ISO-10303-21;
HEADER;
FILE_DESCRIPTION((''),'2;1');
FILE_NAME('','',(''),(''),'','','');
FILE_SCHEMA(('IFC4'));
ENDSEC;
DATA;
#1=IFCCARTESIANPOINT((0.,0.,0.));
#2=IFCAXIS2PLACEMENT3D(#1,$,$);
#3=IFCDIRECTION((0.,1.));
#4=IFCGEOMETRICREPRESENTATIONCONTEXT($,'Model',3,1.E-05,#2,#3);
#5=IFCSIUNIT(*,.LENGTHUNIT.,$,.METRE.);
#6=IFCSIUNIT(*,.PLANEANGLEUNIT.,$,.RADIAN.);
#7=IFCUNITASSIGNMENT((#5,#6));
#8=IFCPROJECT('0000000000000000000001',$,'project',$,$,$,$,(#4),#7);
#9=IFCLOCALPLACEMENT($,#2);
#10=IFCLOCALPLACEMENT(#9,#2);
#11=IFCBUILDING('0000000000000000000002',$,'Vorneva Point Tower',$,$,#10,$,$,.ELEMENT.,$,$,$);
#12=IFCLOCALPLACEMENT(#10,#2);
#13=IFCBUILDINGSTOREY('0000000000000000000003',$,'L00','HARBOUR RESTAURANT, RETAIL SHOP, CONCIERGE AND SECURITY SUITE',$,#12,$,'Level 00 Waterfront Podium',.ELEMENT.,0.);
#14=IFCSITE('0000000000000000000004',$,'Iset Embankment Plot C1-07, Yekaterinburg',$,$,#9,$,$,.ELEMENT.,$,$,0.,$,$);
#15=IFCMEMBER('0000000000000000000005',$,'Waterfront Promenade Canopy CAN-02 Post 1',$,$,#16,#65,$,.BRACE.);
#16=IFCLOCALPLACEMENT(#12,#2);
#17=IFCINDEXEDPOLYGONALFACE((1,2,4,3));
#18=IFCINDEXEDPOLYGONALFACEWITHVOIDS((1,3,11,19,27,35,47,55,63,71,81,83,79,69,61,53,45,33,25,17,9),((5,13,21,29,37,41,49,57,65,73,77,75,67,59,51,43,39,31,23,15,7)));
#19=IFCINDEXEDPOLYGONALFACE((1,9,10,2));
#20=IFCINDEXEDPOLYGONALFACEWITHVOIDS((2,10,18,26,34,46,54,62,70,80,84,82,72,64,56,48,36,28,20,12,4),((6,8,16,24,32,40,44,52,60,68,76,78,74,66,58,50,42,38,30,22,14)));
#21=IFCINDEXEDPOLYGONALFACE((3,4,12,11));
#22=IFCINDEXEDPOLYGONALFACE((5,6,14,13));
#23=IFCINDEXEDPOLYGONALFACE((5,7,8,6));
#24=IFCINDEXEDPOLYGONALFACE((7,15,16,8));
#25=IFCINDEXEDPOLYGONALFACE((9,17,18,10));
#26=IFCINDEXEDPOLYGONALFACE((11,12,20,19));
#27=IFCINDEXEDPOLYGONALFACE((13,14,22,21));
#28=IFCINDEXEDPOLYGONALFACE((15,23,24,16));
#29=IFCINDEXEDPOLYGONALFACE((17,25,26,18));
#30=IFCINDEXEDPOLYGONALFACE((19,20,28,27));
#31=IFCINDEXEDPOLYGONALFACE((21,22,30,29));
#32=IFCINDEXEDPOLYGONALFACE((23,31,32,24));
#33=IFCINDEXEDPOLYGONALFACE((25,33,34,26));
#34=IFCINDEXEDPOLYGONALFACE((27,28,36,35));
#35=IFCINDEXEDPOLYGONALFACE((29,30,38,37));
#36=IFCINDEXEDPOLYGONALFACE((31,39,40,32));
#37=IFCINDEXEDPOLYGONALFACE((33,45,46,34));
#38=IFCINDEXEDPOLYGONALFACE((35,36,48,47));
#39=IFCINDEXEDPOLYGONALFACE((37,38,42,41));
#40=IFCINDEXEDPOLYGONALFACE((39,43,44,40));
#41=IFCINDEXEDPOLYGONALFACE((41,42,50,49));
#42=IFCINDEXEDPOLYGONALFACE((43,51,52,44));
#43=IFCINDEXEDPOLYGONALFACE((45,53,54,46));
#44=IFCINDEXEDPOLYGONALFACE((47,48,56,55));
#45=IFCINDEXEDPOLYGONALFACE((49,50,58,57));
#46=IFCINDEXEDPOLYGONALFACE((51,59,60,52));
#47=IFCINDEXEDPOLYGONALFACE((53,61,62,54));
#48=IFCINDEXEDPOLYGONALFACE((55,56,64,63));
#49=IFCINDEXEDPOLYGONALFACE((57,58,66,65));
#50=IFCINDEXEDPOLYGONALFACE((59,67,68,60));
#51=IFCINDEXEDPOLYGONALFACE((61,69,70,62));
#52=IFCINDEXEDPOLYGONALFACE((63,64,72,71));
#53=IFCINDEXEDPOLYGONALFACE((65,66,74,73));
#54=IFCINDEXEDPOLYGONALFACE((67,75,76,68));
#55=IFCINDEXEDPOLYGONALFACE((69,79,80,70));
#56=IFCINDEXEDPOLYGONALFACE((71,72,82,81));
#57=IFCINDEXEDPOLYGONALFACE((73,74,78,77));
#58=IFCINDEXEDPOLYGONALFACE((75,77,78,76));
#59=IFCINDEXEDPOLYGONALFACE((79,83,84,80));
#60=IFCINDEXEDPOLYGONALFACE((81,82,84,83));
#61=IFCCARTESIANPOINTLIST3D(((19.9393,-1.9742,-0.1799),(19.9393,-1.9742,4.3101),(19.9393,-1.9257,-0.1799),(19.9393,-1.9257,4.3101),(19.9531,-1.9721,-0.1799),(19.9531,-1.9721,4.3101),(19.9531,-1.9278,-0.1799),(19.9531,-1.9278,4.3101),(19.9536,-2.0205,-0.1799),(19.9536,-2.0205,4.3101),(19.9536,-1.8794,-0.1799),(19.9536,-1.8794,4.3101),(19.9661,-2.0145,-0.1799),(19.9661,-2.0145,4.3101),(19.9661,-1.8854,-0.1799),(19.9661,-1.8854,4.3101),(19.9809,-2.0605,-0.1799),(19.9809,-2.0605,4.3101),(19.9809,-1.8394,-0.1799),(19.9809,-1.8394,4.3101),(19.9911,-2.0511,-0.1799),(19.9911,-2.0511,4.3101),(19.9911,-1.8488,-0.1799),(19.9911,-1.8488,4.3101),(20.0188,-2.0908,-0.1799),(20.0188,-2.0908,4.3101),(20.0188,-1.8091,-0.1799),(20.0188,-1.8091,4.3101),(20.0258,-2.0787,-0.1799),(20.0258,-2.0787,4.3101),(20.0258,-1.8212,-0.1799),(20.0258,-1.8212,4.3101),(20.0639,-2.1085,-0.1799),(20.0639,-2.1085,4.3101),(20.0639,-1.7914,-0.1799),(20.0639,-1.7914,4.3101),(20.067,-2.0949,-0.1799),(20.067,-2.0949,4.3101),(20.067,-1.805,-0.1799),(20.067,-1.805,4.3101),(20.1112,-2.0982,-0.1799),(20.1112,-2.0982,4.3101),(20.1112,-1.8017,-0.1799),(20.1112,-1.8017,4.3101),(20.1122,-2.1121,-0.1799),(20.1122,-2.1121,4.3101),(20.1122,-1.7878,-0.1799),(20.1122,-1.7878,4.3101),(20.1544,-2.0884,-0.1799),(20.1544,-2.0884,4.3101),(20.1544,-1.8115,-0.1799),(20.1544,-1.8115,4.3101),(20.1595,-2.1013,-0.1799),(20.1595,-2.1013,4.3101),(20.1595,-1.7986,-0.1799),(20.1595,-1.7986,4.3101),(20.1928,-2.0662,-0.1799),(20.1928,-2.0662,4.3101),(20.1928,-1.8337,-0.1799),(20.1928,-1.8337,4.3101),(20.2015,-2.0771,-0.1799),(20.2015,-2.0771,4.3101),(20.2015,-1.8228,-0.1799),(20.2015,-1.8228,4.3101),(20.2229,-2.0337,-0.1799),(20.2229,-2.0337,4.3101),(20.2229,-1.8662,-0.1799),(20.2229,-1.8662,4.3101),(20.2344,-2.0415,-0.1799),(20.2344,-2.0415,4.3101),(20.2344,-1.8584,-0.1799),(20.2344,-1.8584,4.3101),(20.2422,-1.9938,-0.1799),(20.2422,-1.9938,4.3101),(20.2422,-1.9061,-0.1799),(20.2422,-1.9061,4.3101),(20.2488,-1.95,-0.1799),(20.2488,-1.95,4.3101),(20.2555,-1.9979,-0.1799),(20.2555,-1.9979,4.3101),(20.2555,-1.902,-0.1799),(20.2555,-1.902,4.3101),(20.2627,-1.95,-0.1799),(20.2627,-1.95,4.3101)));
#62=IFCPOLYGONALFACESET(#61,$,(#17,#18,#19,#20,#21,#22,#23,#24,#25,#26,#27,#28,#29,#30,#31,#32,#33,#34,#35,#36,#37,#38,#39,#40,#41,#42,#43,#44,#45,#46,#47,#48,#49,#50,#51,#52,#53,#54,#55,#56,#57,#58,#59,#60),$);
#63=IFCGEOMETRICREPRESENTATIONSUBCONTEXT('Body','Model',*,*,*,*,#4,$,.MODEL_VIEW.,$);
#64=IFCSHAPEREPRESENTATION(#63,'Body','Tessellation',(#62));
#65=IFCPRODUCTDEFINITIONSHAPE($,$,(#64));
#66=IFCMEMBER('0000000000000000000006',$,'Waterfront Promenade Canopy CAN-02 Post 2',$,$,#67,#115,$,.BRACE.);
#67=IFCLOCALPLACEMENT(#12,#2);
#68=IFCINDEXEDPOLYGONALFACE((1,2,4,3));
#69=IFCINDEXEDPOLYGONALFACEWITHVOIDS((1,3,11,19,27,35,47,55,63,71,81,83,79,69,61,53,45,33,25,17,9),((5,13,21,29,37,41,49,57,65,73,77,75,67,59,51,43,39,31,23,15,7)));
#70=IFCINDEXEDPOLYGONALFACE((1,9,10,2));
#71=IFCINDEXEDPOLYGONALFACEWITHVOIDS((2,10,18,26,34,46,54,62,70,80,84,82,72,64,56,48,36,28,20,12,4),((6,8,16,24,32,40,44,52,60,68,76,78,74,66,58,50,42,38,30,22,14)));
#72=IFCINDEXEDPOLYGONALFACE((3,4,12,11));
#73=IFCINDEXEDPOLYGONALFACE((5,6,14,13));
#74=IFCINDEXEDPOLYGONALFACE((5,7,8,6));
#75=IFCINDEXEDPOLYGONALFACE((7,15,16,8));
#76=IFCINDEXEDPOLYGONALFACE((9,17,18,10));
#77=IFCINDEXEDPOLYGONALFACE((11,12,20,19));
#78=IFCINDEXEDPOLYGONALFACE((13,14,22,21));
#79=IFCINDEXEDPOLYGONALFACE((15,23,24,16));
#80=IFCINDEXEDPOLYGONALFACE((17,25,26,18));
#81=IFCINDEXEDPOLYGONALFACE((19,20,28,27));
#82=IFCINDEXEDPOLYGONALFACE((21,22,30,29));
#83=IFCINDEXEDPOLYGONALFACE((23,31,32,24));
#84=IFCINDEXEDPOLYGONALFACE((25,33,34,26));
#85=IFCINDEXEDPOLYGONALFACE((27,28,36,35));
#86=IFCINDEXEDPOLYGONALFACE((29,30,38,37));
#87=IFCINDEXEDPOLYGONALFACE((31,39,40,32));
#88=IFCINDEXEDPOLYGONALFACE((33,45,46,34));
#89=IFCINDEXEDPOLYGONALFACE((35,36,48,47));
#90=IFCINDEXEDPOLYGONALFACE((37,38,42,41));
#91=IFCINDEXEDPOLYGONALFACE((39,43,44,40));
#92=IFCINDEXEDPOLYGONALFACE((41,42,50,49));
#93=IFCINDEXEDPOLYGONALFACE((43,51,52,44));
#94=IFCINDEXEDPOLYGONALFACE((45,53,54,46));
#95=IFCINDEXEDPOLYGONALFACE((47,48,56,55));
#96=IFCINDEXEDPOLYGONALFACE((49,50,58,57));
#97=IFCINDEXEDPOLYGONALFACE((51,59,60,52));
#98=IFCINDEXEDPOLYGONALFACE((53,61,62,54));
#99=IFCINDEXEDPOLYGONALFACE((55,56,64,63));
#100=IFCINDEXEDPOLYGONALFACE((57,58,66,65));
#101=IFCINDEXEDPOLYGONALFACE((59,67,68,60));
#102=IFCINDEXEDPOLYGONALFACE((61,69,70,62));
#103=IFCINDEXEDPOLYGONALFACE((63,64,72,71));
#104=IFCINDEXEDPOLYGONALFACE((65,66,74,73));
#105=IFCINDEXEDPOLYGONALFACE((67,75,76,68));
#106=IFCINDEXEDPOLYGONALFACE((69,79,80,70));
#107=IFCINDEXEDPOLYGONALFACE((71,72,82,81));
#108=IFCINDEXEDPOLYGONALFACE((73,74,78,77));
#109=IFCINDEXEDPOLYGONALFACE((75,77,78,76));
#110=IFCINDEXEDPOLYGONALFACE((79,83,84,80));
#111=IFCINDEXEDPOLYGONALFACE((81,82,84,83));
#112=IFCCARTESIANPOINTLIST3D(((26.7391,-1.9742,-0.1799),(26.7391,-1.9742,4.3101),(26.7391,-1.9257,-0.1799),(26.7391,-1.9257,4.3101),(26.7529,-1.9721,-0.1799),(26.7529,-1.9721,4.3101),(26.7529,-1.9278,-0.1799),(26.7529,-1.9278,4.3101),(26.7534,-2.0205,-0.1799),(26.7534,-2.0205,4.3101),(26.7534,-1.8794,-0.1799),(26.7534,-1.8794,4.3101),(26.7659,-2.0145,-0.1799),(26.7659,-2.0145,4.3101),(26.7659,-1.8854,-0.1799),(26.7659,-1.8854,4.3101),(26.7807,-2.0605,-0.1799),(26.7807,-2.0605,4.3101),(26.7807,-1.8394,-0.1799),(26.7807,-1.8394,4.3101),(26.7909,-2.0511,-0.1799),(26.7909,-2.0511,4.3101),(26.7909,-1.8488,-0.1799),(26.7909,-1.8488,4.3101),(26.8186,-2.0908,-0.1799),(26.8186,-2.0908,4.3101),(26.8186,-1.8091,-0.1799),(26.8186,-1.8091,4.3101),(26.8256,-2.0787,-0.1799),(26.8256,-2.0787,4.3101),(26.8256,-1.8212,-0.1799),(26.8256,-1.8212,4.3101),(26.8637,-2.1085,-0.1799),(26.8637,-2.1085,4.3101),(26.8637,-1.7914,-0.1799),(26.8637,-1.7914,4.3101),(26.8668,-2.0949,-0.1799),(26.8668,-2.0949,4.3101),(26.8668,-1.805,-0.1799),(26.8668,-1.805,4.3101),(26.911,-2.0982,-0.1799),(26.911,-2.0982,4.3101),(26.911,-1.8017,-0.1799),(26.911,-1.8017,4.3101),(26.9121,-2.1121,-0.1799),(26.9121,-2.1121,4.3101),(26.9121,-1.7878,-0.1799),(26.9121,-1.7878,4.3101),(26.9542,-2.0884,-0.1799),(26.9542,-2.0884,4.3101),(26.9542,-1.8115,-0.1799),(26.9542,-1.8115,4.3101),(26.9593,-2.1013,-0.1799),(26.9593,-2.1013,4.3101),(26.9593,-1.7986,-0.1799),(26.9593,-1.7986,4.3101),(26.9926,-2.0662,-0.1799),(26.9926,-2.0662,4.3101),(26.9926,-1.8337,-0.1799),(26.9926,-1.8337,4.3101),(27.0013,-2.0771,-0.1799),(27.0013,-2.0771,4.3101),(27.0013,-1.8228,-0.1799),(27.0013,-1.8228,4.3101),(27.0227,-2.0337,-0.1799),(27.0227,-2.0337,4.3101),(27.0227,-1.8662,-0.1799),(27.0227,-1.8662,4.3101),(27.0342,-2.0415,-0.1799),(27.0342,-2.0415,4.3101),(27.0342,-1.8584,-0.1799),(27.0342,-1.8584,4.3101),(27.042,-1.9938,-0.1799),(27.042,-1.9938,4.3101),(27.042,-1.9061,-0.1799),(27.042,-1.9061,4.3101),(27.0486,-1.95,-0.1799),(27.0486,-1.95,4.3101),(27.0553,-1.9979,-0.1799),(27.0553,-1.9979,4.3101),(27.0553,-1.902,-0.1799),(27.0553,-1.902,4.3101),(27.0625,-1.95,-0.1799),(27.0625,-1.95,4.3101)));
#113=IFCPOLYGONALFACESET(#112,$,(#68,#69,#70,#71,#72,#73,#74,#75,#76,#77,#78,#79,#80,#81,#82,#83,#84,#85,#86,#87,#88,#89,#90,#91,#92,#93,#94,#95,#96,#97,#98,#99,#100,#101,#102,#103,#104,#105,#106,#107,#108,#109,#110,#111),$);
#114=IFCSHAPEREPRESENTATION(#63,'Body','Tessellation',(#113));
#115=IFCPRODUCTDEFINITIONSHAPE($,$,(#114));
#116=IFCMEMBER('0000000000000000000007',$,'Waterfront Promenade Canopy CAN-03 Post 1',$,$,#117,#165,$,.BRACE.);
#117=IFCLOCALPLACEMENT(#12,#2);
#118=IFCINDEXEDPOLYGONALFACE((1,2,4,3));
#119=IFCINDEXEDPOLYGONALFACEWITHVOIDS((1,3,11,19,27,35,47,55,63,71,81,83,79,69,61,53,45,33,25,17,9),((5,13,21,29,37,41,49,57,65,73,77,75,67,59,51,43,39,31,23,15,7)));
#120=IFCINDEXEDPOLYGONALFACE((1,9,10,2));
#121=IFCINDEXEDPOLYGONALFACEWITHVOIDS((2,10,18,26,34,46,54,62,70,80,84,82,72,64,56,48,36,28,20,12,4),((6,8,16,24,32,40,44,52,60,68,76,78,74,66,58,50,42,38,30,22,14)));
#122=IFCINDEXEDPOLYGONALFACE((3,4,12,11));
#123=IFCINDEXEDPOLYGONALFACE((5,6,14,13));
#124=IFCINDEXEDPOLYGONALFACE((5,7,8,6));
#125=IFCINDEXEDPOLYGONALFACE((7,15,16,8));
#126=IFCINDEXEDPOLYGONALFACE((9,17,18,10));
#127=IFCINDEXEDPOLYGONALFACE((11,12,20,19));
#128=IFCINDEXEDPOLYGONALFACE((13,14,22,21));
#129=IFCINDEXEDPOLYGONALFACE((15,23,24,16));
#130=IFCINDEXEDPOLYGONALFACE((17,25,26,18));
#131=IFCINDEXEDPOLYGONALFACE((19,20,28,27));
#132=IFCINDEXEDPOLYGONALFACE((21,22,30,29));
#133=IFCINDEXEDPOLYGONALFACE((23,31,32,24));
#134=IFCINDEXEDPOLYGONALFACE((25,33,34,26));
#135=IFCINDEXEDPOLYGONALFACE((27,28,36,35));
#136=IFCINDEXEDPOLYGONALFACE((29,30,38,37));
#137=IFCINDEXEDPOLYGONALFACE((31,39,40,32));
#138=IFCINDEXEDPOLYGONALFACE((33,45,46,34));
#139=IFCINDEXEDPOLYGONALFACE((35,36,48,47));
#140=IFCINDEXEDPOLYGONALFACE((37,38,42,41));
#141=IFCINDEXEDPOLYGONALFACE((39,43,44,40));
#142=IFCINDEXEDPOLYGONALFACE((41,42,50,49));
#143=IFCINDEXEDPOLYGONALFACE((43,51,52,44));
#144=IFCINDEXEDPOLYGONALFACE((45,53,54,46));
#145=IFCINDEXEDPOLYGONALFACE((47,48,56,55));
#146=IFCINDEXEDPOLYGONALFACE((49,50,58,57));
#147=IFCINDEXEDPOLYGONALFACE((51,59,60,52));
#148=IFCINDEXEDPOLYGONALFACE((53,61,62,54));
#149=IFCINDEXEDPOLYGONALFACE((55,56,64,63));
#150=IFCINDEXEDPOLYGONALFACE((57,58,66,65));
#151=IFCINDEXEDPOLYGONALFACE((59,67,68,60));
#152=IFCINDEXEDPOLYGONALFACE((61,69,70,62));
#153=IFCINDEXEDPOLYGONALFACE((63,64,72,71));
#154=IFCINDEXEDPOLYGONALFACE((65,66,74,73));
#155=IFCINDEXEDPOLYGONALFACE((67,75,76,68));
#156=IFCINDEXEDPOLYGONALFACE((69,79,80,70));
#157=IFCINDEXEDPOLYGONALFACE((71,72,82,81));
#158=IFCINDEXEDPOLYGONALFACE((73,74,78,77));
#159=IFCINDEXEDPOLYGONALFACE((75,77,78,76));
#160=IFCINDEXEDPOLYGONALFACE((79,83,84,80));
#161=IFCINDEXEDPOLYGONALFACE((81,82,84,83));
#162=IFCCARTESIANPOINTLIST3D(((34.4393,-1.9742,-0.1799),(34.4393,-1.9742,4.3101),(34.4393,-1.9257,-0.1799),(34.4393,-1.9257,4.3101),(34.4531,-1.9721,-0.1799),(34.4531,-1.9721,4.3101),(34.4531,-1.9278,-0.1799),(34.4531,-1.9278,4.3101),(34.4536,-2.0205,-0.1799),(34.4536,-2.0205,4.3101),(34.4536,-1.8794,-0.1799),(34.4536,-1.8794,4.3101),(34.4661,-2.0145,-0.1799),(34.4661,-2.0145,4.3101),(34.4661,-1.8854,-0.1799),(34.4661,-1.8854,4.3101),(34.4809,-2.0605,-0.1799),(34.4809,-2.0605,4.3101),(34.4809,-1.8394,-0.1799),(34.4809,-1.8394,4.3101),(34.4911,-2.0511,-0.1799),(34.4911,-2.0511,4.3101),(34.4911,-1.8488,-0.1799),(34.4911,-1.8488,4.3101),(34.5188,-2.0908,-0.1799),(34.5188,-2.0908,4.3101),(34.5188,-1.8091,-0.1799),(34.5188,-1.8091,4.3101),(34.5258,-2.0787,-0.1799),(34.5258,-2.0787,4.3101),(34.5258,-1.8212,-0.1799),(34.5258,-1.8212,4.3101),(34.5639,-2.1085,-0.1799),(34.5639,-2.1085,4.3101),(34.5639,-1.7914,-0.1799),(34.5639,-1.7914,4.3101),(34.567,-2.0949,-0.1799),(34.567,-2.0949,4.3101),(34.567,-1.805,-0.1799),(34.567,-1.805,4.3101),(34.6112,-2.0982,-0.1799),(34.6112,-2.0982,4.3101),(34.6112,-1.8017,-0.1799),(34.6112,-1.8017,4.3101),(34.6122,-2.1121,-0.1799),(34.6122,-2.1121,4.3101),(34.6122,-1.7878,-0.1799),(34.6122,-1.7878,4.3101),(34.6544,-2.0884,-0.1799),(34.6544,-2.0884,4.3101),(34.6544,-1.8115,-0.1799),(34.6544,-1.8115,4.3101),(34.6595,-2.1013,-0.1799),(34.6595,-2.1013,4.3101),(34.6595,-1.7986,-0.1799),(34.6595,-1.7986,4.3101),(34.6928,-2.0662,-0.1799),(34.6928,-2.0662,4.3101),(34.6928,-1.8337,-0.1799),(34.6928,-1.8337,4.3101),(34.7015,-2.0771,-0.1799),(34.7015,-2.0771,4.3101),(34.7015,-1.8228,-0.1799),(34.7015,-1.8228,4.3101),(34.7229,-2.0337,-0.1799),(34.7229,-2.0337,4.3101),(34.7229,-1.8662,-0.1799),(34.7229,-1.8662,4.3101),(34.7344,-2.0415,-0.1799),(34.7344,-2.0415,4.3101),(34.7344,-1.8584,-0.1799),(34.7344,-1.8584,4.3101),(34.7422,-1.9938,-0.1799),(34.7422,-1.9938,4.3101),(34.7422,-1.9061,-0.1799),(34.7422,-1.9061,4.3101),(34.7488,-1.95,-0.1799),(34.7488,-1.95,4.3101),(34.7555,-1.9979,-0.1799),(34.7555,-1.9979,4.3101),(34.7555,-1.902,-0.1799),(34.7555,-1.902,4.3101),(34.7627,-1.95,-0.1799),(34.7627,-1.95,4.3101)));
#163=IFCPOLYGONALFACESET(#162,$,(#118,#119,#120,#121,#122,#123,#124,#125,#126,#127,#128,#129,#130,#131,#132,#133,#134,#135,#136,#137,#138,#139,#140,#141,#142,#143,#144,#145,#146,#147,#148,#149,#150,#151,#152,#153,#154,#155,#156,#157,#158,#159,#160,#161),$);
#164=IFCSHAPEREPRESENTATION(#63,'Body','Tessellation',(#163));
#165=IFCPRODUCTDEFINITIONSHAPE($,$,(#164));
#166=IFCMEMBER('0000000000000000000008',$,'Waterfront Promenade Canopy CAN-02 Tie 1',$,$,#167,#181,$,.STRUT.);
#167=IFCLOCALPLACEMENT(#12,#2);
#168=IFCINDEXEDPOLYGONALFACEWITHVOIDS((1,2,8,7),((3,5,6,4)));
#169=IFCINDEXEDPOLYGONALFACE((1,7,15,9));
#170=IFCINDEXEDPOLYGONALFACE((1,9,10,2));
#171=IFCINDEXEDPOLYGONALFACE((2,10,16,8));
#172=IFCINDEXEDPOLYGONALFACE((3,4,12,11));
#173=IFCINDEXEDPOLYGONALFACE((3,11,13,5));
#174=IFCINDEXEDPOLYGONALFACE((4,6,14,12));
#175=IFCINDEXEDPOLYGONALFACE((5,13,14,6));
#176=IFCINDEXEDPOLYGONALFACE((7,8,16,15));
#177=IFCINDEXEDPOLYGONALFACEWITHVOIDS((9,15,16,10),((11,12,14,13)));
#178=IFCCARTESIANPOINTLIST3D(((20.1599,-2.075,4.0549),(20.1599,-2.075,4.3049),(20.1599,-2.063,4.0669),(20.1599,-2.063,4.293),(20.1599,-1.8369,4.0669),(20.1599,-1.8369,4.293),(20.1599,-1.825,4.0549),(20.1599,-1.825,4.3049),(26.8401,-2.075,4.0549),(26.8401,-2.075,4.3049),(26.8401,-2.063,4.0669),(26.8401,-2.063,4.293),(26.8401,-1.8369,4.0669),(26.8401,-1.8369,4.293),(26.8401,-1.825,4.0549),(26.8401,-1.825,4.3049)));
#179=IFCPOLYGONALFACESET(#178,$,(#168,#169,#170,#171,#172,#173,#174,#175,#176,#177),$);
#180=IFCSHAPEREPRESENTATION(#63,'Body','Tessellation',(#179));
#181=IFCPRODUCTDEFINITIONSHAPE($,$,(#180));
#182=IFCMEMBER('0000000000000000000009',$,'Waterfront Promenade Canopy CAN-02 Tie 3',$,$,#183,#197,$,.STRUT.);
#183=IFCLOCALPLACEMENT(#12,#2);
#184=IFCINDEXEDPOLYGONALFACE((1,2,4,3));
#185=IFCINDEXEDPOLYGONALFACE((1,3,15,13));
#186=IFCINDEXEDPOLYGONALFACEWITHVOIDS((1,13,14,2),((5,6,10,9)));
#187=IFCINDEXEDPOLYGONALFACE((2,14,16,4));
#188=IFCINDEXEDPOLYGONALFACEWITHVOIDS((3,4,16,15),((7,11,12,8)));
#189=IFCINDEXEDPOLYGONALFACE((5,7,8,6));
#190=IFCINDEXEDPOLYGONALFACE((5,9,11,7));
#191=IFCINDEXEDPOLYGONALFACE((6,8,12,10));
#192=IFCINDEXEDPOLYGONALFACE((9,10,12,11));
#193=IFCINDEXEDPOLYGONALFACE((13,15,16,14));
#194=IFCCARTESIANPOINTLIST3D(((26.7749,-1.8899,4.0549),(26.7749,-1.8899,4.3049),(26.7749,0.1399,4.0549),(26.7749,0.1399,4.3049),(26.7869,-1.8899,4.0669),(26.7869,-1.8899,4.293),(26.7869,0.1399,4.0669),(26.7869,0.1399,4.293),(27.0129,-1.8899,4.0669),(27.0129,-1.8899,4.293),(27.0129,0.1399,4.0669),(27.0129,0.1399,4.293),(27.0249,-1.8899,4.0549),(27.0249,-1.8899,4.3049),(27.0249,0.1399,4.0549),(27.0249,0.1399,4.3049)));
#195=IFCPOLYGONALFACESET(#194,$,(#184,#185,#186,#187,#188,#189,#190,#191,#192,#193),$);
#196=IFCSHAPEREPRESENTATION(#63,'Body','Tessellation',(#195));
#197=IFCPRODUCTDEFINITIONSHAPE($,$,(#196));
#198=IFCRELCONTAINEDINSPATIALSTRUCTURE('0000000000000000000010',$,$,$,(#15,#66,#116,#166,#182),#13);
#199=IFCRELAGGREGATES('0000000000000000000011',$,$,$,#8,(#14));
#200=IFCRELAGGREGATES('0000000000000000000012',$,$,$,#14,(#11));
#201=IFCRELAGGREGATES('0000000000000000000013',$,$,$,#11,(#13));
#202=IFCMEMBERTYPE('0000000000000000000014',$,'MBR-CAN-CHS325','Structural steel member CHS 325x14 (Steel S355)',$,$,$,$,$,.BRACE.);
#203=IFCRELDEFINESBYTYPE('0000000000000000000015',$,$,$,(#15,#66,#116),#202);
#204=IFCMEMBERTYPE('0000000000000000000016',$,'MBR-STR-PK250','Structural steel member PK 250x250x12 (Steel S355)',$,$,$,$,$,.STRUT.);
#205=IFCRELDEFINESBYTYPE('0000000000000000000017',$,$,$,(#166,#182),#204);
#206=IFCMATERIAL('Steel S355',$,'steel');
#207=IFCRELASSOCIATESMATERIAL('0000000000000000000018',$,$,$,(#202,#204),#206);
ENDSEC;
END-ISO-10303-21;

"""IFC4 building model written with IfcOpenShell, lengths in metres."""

from ifc_helpers import new_model, si_unit, direction, frame, origin, origin_2d, place, context, subcontext, project, spatial, hollow_rectangle, hollow_circle, extrude, material, material_profile, profile_set, type_object, element, save


model = new_model("IFC4")

# Units and contexts
model_context = context("Model", 3, precision=1e-05, world=origin(), true_north=direction((0.0, 1.0)))
body_context = subcontext(model_context, "Body", "Model", "MODEL_VIEW")
ifc_project = project(units=[si_unit("LENGTHUNIT", "METRE"), si_unit("PLANEANGLEUNIT", "RADIAN")], contexts=[model_context])

# Site, building, storey
site_placement = place(None, origin())
site = spatial("IfcSite", under=ifc_project, at=site_placement, Name="Iset Embankment Plot C1-07, Yekaterinburg", CompositionType="ELEMENT", RefElevation=0.0)
building_placement = place(site_placement, origin())
building = spatial("IfcBuilding", under=site, at=building_placement, Name="Vorneva Point Tower", CompositionType="ELEMENT")
storey_placement = place(building_placement, origin())
storey = spatial("IfcBuildingStorey", under=building, at=storey_placement, Name="L00", Description="HARBOUR RESTAURANT, RETAIL SHOP, CONCIERGE AND SECURITY SUITE", LongName="Level 00 Waterfront Podium", CompositionType="ELEMENT", Elevation=0.0)

# Members
ifc_material_1 = material(Name="Steel S355", Category="steel")
ifc_material_profile_1 = material_profile(ifc_material_1, hollow_circle(Radius=0.1626, WallThickness=0.0139, at=origin_2d()), Name="CHS 325x14")
ifc_profile_set_1 = profile_set([ifc_material_profile_1], Name="Steel S355")
member_type_1 = type_object("IfcMemberType", Name="MBR-CAN-CHS325", Description="Structural steel member CHS 325x14 (Steel S355)", PredefinedType="BRACE", material=ifc_profile_set_1)
for number, where, z_axis, x_axis, name in (
    (1, (20.1001, -1.95, -0.1799), (0.0, 0.0, 1.0), (1.0, 0.0, 0.0), "Waterfront Promenade Canopy CAN-02 Post 1"),
    (2, (26.8999, -1.95, -0.1799), (0.0, 0.0, 1.0), (1.0, 0.0, 0.0), "Waterfront Promenade Canopy CAN-02 Post 2"),
    (3, (34.6001, -1.95, -0.1799), (0.0, 0.0, 1.0), (1.0, 0.0, 0.0), "Waterfront Promenade Canopy CAN-03 Post 1"),
):
    element("IfcMember", number, at=place(storey_placement, frame(where, z_axis=z_axis, x_axis=x_axis)), inside=storey, type_object=member_type_1, Name=name, PredefinedType="BRACE", context=body_context, shape_type="SweptSolid", body=[
        extrude(hollow_circle(Radius=0.1626, WallThickness=0.0139, at=origin_2d()), origin(), (0.0, 0.0, 1.0), 4.49),
    ])
ifc_material_profile_2 = material_profile(ifc_material_1, hollow_rectangle(XDim=0.25, YDim=0.25, WallThickness=0.012, at=origin_2d()), Name="PK 250x250x12")
ifc_profile_set_2 = profile_set([ifc_material_profile_2], Name="Steel S355")
member_type_2 = type_object("IfcMemberType", Name="MBR-STR-PK250", Description="Structural steel member PK 250x250x12 (Steel S355)", PredefinedType="STRUT", material=ifc_profile_set_2)
member_1_placement = place(storey_placement, frame((20.1599, -1.95, 4.1799), z_axis=(1.0, 0.0, 0.0), x_axis=(0.0, 1.0, 0.0)))
element("IfcMember", 4, at=member_1_placement, inside=storey, type_object=member_type_2, Name="Waterfront Promenade Canopy CAN-02 Tie 1", PredefinedType="STRUT", context=body_context, shape_type="SweptSolid", body=[
    extrude(hollow_rectangle(XDim=0.25, YDim=0.25, WallThickness=0.012, at=origin_2d()), origin(), (0.0, 0.0, 1.0), 6.6802),
])
for number, where, z_axis, x_axis, name in (
    (5, (26.8999, -1.8899, 4.1799), (0.0, 1.0, 0.0), (-1.0, 0.0, 0.0), "Waterfront Promenade Canopy CAN-02 Tie 3"),
):
    element("IfcMember", number, at=place(storey_placement, frame(where, z_axis=z_axis, x_axis=x_axis)), inside=storey, type_object=member_type_2, Name=name, PredefinedType="STRUT", context=body_context, shape_type="SweptSolid", body=[
        extrude(hollow_rectangle(XDim=0.25, YDim=0.25, WallThickness=0.012, at=origin_2d()), origin(), (0.0, 0.0, 1.0), 2.0298),
    ])

save(model, "model.ifc")
